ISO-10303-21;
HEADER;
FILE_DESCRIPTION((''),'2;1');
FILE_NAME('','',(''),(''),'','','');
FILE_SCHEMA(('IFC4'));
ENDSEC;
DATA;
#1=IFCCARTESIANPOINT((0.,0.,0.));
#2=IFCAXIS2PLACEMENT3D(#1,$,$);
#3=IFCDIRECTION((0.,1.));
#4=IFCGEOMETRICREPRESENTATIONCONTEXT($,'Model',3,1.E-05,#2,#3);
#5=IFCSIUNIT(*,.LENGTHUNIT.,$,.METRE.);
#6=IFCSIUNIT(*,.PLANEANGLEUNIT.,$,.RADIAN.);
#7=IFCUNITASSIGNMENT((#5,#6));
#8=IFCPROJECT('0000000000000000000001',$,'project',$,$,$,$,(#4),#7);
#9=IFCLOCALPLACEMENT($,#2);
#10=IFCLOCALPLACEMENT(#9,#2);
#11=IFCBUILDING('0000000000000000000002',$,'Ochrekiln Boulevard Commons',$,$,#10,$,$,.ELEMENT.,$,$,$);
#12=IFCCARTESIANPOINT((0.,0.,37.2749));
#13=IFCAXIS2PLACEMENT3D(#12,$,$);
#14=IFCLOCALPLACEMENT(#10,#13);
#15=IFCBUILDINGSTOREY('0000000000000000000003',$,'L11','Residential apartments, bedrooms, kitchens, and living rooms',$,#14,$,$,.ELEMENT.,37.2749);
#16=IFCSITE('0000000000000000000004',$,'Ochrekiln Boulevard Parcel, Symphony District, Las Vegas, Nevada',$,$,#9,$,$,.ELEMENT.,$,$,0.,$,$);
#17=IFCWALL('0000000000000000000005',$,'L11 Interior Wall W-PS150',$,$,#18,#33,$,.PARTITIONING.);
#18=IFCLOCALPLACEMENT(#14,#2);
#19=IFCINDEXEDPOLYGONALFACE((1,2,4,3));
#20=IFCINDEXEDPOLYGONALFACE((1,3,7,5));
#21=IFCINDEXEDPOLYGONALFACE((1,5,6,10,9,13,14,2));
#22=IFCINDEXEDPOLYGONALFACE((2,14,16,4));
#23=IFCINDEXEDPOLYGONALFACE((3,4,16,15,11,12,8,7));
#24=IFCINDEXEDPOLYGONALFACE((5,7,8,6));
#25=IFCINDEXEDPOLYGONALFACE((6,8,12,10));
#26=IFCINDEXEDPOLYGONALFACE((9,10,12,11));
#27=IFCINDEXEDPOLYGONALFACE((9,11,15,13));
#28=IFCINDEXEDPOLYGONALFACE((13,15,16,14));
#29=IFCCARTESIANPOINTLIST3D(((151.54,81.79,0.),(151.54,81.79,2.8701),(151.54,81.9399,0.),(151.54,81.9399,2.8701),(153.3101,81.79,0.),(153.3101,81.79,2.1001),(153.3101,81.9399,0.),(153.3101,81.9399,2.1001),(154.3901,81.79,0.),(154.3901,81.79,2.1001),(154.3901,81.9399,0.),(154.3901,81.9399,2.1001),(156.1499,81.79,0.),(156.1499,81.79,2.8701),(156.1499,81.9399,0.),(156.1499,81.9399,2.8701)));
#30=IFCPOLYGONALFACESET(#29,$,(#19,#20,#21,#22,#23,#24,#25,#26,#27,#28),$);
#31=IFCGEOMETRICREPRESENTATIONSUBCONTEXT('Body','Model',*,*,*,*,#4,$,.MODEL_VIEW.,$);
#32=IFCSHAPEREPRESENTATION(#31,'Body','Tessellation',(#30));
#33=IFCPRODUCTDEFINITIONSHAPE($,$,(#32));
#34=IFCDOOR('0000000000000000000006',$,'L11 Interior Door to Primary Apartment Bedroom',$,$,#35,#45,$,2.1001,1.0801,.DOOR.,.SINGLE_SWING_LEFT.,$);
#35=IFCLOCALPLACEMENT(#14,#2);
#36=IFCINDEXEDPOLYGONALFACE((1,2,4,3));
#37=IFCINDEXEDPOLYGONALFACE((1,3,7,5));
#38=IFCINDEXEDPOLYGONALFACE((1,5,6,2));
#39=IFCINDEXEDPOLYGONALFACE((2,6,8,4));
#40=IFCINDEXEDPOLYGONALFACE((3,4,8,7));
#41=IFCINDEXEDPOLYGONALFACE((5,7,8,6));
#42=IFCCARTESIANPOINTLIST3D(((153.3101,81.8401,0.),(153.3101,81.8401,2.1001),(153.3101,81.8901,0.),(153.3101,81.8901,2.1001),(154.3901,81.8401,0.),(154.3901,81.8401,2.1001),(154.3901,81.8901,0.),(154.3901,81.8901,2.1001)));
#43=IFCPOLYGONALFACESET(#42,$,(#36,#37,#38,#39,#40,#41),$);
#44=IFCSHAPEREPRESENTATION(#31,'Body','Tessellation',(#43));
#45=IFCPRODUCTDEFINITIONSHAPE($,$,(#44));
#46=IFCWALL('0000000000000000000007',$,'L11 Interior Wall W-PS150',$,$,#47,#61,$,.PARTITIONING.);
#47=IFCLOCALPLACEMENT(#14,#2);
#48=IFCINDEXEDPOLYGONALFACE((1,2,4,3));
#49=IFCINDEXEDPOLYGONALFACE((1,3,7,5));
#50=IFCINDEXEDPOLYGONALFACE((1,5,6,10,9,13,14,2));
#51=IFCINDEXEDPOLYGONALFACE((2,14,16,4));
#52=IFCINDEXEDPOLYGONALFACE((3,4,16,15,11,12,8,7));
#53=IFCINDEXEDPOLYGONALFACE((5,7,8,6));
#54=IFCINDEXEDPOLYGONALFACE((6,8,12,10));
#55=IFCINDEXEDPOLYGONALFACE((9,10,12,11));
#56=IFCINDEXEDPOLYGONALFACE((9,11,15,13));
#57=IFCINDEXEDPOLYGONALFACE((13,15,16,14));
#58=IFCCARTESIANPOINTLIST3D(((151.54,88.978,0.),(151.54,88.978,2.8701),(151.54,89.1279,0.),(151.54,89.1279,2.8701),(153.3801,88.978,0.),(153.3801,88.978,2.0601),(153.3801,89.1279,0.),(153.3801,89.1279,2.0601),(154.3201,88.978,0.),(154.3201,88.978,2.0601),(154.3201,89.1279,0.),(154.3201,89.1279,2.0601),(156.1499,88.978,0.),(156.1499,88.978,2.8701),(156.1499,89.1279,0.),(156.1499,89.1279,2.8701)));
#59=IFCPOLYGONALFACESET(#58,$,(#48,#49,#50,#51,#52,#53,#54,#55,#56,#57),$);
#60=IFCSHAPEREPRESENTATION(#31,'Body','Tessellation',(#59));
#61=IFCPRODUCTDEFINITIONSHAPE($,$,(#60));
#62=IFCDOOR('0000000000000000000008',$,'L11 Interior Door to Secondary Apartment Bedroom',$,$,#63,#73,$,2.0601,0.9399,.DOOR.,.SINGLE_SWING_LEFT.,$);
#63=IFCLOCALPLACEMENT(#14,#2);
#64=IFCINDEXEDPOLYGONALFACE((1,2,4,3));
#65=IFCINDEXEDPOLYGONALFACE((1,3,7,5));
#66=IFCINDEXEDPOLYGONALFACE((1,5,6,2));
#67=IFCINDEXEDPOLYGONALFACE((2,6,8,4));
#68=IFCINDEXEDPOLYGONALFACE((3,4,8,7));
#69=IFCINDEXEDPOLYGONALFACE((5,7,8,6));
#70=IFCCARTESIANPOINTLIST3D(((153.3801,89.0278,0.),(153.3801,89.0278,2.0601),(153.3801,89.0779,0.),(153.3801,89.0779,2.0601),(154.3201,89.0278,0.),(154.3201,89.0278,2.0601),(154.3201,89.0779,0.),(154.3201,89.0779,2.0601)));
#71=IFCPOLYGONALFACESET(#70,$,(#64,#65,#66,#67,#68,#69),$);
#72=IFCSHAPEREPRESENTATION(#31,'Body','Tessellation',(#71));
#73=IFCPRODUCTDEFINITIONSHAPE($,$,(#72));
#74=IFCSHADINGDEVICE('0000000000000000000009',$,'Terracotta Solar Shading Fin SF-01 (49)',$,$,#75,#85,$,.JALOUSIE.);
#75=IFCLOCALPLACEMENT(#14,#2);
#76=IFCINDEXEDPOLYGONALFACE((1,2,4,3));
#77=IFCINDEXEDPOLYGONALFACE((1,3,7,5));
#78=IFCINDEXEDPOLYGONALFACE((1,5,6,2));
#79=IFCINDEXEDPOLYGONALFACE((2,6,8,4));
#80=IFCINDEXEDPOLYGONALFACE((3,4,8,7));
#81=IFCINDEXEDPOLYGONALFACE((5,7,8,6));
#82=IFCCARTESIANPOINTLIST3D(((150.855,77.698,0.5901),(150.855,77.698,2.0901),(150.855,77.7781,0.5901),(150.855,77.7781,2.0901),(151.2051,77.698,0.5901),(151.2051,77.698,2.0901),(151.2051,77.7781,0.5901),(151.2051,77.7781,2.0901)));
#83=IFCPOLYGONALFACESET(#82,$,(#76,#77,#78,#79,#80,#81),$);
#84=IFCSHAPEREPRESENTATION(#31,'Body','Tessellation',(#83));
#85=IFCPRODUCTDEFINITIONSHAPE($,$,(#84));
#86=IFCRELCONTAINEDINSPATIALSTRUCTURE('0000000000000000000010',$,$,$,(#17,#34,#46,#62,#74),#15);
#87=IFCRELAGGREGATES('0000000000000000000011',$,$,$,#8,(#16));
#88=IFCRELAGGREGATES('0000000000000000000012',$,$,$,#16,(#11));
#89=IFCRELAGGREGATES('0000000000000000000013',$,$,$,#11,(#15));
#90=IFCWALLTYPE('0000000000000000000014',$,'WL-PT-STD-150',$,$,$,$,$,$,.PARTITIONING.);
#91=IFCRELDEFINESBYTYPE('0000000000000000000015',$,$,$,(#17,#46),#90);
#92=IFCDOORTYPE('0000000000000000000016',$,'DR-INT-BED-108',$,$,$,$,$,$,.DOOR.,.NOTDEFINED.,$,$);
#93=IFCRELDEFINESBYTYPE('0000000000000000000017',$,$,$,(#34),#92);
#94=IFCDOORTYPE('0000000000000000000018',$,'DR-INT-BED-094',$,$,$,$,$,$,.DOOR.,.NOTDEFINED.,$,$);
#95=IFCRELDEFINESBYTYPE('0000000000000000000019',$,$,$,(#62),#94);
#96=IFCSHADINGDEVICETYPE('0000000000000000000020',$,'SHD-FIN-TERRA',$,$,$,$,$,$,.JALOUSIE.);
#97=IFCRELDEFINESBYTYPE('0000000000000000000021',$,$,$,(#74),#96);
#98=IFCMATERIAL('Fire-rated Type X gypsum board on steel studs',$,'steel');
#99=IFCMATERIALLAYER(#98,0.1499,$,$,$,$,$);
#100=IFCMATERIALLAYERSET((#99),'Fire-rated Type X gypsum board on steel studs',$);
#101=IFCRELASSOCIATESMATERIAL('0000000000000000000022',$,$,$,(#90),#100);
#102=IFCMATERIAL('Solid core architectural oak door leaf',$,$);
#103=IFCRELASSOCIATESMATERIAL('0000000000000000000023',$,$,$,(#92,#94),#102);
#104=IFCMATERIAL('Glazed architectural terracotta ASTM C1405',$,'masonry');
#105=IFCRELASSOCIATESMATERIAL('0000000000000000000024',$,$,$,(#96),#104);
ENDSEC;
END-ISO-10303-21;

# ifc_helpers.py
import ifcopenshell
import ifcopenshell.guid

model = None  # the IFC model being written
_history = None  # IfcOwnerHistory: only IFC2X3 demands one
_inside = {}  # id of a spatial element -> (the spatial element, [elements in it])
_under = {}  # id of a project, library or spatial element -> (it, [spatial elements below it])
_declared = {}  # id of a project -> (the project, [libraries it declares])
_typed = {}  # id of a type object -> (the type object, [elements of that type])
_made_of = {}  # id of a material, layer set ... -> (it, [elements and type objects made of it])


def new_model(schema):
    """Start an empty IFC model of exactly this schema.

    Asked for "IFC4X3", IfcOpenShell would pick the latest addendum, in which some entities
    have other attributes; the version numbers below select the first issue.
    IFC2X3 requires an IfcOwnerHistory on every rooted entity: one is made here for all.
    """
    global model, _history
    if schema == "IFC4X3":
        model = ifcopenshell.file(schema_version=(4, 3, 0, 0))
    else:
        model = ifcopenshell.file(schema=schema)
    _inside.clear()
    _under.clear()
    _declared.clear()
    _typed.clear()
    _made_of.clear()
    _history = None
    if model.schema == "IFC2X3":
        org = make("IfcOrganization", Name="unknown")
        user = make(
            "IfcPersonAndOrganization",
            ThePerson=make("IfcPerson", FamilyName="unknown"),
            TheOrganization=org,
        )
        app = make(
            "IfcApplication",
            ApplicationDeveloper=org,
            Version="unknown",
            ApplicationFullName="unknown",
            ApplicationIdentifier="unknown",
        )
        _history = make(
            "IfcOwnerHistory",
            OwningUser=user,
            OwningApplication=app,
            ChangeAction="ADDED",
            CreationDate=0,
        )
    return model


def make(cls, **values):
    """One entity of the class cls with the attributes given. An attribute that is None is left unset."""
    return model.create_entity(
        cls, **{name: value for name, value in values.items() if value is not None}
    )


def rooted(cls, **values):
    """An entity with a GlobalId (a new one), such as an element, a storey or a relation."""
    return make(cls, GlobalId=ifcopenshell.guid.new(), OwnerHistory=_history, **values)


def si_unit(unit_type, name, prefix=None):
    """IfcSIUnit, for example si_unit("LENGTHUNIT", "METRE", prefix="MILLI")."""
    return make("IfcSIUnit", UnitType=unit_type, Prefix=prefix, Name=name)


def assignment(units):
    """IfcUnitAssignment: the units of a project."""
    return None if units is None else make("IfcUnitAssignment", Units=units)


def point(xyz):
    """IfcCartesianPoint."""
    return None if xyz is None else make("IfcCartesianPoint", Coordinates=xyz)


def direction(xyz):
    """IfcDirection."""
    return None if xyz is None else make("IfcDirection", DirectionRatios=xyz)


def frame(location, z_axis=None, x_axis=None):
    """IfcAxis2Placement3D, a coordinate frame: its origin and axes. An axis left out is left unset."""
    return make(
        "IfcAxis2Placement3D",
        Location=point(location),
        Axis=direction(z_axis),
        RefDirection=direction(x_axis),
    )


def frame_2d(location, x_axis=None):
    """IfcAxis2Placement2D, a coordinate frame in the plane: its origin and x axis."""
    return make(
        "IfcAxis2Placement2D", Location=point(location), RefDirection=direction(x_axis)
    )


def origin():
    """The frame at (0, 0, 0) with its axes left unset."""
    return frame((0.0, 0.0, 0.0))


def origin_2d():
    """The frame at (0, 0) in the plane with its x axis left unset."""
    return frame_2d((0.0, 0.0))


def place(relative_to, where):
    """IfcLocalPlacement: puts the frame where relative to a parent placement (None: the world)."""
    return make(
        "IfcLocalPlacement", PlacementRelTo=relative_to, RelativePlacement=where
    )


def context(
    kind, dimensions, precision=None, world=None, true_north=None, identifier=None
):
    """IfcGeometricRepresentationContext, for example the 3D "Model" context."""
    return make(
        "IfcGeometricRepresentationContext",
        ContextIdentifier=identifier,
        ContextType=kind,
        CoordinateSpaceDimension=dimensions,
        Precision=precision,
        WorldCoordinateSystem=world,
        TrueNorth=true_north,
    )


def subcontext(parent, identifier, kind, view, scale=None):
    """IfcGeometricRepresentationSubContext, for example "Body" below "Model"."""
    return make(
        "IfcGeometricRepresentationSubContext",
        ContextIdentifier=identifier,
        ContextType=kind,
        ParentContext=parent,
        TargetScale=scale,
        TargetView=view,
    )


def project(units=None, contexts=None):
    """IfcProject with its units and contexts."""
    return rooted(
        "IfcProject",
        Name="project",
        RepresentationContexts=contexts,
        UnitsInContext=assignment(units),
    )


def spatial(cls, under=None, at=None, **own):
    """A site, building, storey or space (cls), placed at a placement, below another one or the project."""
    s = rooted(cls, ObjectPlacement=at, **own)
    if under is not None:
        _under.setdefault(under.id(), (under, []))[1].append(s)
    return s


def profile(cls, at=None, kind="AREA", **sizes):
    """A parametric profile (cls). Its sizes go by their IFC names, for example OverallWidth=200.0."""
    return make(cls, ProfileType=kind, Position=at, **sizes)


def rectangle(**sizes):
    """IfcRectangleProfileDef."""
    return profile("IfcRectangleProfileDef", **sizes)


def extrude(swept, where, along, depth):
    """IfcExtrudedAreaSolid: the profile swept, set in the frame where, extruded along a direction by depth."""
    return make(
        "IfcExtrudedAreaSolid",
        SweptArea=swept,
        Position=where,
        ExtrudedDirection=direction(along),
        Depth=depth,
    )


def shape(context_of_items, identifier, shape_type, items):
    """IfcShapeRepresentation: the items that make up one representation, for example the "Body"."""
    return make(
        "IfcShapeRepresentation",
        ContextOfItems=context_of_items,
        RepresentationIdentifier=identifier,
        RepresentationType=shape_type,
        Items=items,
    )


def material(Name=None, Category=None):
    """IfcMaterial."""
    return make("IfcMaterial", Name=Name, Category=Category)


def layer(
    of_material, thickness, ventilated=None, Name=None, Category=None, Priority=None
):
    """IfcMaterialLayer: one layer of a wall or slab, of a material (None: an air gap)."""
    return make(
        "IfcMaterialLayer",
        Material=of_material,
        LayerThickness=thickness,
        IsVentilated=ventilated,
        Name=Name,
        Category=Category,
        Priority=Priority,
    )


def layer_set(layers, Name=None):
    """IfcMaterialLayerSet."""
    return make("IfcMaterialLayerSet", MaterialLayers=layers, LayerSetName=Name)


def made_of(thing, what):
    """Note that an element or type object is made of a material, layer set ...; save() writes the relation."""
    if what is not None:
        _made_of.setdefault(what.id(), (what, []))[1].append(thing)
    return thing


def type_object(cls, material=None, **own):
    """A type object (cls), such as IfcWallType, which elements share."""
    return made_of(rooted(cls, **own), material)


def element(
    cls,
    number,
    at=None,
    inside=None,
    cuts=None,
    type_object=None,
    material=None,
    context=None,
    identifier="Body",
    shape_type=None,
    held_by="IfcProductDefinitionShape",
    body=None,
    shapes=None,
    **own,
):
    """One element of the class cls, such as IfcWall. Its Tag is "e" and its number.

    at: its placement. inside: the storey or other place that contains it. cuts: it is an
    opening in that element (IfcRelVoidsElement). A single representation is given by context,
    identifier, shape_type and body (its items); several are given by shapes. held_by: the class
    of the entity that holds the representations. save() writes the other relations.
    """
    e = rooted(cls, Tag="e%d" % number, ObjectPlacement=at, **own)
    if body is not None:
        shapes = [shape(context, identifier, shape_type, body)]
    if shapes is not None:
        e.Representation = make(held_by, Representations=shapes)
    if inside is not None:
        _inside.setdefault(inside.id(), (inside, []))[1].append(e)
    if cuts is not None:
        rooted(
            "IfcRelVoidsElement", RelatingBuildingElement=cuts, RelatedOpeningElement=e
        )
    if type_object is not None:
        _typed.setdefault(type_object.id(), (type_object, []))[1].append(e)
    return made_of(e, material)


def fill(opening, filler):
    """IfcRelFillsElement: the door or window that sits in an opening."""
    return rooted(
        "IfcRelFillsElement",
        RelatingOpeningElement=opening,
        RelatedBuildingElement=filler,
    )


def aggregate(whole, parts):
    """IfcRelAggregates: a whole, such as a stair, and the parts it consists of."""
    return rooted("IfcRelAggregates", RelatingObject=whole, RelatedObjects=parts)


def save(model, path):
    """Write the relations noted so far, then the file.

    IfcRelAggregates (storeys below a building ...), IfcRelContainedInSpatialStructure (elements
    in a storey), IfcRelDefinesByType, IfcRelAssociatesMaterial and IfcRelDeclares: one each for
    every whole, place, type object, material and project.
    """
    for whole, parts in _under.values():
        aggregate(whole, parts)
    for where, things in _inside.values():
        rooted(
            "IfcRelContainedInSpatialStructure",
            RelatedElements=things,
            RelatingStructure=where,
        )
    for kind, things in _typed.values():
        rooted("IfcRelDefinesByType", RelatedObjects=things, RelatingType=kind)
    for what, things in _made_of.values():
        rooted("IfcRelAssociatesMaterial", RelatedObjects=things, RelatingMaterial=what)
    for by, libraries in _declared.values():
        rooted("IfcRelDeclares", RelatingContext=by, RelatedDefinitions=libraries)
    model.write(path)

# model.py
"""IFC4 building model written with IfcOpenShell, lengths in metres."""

from ifc_helpers import new_model, si_unit, direction, frame, frame_2d, origin, origin_2d, place, context, subcontext, project, spatial, rectangle, extrude, material, layer, layer_set, type_object, element, fill, save


model = new_model("IFC4")

# Units and contexts
model_context = context("Model", 3, precision=1e-05, world=origin(), true_north=direction((0.0, 1.0)))
body_context = subcontext(model_context, "Body", "Model", "MODEL_VIEW")
ifc_project = project(units=[si_unit("LENGTHUNIT", "METRE"), si_unit("PLANEANGLEUNIT", "RADIAN")], contexts=[model_context])

# Site, building, storey
site_placement = place(None, origin())
site = spatial("IfcSite", under=ifc_project, at=site_placement, Name="Ochrekiln Boulevard Parcel, Symphony District, Las Vegas, Nevada", CompositionType="ELEMENT", RefElevation=0.0)
building_placement = place(site_placement, origin())
building = spatial("IfcBuilding", under=site, at=building_placement, Name="Ochrekiln Boulevard Commons", CompositionType="ELEMENT")
storey_placement = place(building_placement, frame((0.0, 0.0, 37.2749)))
storey = spatial("IfcBuildingStorey", under=building, at=storey_placement, Name="L11", Description="Residential apartments, bedrooms, kitchens, and living rooms", CompositionType="ELEMENT", Elevation=37.2749)

# Walls, openings, doors
ifc_material_1 = material(Name="Fire-rated Type X gypsum board on steel studs", Category="steel")
ifc_layer_1 = layer(ifc_material_1, 0.1499)
ifc_layer_set_1 = layer_set([ifc_layer_1], Name="Fire-rated Type X gypsum board on steel studs")
wall_type_1 = type_object("IfcWallType", Name="WL-PT-STD-150", PredefinedType="PARTITIONING", material=ifc_layer_set_1)
wall_1_placement = place(storey_placement, frame((151.54, 81.865, 0.0), z_axis=(0.0, 0.0, 1.0), x_axis=(1.0, 0.0, 0.0)))
wall_1 = element("IfcWall", 1, at=wall_1_placement, inside=storey, type_object=wall_type_1, Name="L11 Interior Wall W-PS150", PredefinedType="PARTITIONING", context=body_context, shape_type="SweptSolid", body=[
    extrude(rectangle(XDim=4.6099, YDim=0.1499, at=frame_2d((2.3049, 0.0))), origin(), (0.0, 0.0, 1.0), 2.8701),
])
opening_1_placement = place(wall_1_placement, frame((1.77, 0.0, 0.0)))
opening_1 = element("IfcOpeningElement", 2, at=opening_1_placement, cuts=wall_1, PredefinedType="OPENING", context=body_context, shape_type="SweptSolid", body=[
    extrude(rectangle(XDim=1.0801, YDim=2.1001, at=frame_2d((0.54, 1.05))), frame((0.0, 0.085, 0.0), z_axis=(0.0, -1.0, 0.0), x_axis=(1.0, 0.0, 0.0)), (0.0, 0.0, 1.0), 0.1699),
])
ifc_material_2 = material(Name="Solid core architectural oak door leaf")
door_type_1 = type_object("IfcDoorType", Name="DR-INT-BED-108", OperationType="NOTDEFINED", PredefinedType="DOOR", material=ifc_material_2)
door_1_placement = place(opening_1_placement, frame((1.0801, 0.0, 0.0), z_axis=(0.0, 0.0, 1.0), x_axis=(-1.0, 0.0, 0.0)))
door_1 = element("IfcDoor", 3, at=door_1_placement, inside=storey, type_object=door_type_1, Name="L11 Interior Door to Primary Apartment Bedroom", OperationType="SINGLE_SWING_LEFT", OverallHeight=2.1001, OverallWidth=1.0801, PredefinedType="DOOR", context=body_context, shape_type="SweptSolid", body=[
    extrude(rectangle(XDim=1.0801, YDim=2.1001, at=frame_2d((0.54, 1.05))), frame((0.0, 0.0249, 0.0), z_axis=(0.0, -1.0, 0.0), x_axis=(1.0, 0.0, 0.0)), (0.0, 0.0, 1.0), 0.05),
])
fill(opening_1, door_1)
wall_2_placement = place(storey_placement, frame((151.54, 89.053, 0.0), z_axis=(0.0, 0.0, 1.0), x_axis=(1.0, 0.0, 0.0)))
wall_2 = element("IfcWall", 4, at=wall_2_placement, inside=storey, type_object=wall_type_1, Name="L11 Interior Wall W-PS150", PredefinedType="PARTITIONING", context=body_context, shape_type="SweptSolid", body=[
    extrude(rectangle(XDim=4.6099, YDim=0.1499, at=frame_2d((2.3049, 0.0))), origin(), (0.0, 0.0, 1.0), 2.8701),
])
opening_2_placement = place(wall_2_placement, frame((1.8401, 0.0, 0.0)))
opening_2 = element("IfcOpeningElement", 5, at=opening_2_placement, cuts=wall_2, PredefinedType="OPENING", context=body_context, shape_type="SweptSolid", body=[
    extrude(rectangle(XDim=0.9399, YDim=2.0601, at=frame_2d((0.47, 1.03))), frame((0.0, 0.085, 0.0), z_axis=(0.0, -1.0, 0.0), x_axis=(1.0, 0.0, 0.0)), (0.0, 0.0, 1.0), 0.1699),
])
door_type_2 = type_object("IfcDoorType", Name="DR-INT-BED-094", OperationType="NOTDEFINED", PredefinedType="DOOR", material=ifc_material_2)
door_2_placement = place(opening_2_placement, origin())
door_2 = element("IfcDoor", 6, at=door_2_placement, inside=storey, type_object=door_type_2, Name="L11 Interior Door to Secondary Apartment Bedroom", OperationType="SINGLE_SWING_LEFT", OverallHeight=2.0601, OverallWidth=0.9399, PredefinedType="DOOR", context=body_context, shape_type="SweptSolid", body=[
    extrude(rectangle(XDim=0.9399, YDim=2.0601, at=frame_2d((0.47, 1.03))), frame((0.0, 0.0249, 0.0), z_axis=(0.0, -1.0, 0.0), x_axis=(1.0, 0.0, 0.0)), (0.0, 0.0, 1.0), 0.05),
])
fill(opening_2, door_2)

# Shading device
ifc_material_3 = material(Name="Glazed architectural terracotta ASTM C1405", Category="masonry")
shading_device_type = type_object("IfcShadingDeviceType", Name="SHD-FIN-TERRA", PredefinedType="JALOUSIE", material=ifc_material_3)
shading_device_placement = place(storey_placement, frame((151.03, 77.738, 0.5901), z_axis=(0.0, 0.0, 1.0), x_axis=(1.0, 0.0, 0.0)))
element("IfcShadingDevice", 7, at=shading_device_placement, inside=storey, type_object=shading_device_type, Name="Terracotta Solar Shading Fin SF-01 (49)", PredefinedType="JALOUSIE", context=body_context, shape_type="SweptSolid", body=[
    extrude(rectangle(XDim=0.3501, YDim=0.0801, at=origin_2d()), origin(), (0.0, 0.0, 1.0), 1.5),
])

save(model, "model.ifc")
